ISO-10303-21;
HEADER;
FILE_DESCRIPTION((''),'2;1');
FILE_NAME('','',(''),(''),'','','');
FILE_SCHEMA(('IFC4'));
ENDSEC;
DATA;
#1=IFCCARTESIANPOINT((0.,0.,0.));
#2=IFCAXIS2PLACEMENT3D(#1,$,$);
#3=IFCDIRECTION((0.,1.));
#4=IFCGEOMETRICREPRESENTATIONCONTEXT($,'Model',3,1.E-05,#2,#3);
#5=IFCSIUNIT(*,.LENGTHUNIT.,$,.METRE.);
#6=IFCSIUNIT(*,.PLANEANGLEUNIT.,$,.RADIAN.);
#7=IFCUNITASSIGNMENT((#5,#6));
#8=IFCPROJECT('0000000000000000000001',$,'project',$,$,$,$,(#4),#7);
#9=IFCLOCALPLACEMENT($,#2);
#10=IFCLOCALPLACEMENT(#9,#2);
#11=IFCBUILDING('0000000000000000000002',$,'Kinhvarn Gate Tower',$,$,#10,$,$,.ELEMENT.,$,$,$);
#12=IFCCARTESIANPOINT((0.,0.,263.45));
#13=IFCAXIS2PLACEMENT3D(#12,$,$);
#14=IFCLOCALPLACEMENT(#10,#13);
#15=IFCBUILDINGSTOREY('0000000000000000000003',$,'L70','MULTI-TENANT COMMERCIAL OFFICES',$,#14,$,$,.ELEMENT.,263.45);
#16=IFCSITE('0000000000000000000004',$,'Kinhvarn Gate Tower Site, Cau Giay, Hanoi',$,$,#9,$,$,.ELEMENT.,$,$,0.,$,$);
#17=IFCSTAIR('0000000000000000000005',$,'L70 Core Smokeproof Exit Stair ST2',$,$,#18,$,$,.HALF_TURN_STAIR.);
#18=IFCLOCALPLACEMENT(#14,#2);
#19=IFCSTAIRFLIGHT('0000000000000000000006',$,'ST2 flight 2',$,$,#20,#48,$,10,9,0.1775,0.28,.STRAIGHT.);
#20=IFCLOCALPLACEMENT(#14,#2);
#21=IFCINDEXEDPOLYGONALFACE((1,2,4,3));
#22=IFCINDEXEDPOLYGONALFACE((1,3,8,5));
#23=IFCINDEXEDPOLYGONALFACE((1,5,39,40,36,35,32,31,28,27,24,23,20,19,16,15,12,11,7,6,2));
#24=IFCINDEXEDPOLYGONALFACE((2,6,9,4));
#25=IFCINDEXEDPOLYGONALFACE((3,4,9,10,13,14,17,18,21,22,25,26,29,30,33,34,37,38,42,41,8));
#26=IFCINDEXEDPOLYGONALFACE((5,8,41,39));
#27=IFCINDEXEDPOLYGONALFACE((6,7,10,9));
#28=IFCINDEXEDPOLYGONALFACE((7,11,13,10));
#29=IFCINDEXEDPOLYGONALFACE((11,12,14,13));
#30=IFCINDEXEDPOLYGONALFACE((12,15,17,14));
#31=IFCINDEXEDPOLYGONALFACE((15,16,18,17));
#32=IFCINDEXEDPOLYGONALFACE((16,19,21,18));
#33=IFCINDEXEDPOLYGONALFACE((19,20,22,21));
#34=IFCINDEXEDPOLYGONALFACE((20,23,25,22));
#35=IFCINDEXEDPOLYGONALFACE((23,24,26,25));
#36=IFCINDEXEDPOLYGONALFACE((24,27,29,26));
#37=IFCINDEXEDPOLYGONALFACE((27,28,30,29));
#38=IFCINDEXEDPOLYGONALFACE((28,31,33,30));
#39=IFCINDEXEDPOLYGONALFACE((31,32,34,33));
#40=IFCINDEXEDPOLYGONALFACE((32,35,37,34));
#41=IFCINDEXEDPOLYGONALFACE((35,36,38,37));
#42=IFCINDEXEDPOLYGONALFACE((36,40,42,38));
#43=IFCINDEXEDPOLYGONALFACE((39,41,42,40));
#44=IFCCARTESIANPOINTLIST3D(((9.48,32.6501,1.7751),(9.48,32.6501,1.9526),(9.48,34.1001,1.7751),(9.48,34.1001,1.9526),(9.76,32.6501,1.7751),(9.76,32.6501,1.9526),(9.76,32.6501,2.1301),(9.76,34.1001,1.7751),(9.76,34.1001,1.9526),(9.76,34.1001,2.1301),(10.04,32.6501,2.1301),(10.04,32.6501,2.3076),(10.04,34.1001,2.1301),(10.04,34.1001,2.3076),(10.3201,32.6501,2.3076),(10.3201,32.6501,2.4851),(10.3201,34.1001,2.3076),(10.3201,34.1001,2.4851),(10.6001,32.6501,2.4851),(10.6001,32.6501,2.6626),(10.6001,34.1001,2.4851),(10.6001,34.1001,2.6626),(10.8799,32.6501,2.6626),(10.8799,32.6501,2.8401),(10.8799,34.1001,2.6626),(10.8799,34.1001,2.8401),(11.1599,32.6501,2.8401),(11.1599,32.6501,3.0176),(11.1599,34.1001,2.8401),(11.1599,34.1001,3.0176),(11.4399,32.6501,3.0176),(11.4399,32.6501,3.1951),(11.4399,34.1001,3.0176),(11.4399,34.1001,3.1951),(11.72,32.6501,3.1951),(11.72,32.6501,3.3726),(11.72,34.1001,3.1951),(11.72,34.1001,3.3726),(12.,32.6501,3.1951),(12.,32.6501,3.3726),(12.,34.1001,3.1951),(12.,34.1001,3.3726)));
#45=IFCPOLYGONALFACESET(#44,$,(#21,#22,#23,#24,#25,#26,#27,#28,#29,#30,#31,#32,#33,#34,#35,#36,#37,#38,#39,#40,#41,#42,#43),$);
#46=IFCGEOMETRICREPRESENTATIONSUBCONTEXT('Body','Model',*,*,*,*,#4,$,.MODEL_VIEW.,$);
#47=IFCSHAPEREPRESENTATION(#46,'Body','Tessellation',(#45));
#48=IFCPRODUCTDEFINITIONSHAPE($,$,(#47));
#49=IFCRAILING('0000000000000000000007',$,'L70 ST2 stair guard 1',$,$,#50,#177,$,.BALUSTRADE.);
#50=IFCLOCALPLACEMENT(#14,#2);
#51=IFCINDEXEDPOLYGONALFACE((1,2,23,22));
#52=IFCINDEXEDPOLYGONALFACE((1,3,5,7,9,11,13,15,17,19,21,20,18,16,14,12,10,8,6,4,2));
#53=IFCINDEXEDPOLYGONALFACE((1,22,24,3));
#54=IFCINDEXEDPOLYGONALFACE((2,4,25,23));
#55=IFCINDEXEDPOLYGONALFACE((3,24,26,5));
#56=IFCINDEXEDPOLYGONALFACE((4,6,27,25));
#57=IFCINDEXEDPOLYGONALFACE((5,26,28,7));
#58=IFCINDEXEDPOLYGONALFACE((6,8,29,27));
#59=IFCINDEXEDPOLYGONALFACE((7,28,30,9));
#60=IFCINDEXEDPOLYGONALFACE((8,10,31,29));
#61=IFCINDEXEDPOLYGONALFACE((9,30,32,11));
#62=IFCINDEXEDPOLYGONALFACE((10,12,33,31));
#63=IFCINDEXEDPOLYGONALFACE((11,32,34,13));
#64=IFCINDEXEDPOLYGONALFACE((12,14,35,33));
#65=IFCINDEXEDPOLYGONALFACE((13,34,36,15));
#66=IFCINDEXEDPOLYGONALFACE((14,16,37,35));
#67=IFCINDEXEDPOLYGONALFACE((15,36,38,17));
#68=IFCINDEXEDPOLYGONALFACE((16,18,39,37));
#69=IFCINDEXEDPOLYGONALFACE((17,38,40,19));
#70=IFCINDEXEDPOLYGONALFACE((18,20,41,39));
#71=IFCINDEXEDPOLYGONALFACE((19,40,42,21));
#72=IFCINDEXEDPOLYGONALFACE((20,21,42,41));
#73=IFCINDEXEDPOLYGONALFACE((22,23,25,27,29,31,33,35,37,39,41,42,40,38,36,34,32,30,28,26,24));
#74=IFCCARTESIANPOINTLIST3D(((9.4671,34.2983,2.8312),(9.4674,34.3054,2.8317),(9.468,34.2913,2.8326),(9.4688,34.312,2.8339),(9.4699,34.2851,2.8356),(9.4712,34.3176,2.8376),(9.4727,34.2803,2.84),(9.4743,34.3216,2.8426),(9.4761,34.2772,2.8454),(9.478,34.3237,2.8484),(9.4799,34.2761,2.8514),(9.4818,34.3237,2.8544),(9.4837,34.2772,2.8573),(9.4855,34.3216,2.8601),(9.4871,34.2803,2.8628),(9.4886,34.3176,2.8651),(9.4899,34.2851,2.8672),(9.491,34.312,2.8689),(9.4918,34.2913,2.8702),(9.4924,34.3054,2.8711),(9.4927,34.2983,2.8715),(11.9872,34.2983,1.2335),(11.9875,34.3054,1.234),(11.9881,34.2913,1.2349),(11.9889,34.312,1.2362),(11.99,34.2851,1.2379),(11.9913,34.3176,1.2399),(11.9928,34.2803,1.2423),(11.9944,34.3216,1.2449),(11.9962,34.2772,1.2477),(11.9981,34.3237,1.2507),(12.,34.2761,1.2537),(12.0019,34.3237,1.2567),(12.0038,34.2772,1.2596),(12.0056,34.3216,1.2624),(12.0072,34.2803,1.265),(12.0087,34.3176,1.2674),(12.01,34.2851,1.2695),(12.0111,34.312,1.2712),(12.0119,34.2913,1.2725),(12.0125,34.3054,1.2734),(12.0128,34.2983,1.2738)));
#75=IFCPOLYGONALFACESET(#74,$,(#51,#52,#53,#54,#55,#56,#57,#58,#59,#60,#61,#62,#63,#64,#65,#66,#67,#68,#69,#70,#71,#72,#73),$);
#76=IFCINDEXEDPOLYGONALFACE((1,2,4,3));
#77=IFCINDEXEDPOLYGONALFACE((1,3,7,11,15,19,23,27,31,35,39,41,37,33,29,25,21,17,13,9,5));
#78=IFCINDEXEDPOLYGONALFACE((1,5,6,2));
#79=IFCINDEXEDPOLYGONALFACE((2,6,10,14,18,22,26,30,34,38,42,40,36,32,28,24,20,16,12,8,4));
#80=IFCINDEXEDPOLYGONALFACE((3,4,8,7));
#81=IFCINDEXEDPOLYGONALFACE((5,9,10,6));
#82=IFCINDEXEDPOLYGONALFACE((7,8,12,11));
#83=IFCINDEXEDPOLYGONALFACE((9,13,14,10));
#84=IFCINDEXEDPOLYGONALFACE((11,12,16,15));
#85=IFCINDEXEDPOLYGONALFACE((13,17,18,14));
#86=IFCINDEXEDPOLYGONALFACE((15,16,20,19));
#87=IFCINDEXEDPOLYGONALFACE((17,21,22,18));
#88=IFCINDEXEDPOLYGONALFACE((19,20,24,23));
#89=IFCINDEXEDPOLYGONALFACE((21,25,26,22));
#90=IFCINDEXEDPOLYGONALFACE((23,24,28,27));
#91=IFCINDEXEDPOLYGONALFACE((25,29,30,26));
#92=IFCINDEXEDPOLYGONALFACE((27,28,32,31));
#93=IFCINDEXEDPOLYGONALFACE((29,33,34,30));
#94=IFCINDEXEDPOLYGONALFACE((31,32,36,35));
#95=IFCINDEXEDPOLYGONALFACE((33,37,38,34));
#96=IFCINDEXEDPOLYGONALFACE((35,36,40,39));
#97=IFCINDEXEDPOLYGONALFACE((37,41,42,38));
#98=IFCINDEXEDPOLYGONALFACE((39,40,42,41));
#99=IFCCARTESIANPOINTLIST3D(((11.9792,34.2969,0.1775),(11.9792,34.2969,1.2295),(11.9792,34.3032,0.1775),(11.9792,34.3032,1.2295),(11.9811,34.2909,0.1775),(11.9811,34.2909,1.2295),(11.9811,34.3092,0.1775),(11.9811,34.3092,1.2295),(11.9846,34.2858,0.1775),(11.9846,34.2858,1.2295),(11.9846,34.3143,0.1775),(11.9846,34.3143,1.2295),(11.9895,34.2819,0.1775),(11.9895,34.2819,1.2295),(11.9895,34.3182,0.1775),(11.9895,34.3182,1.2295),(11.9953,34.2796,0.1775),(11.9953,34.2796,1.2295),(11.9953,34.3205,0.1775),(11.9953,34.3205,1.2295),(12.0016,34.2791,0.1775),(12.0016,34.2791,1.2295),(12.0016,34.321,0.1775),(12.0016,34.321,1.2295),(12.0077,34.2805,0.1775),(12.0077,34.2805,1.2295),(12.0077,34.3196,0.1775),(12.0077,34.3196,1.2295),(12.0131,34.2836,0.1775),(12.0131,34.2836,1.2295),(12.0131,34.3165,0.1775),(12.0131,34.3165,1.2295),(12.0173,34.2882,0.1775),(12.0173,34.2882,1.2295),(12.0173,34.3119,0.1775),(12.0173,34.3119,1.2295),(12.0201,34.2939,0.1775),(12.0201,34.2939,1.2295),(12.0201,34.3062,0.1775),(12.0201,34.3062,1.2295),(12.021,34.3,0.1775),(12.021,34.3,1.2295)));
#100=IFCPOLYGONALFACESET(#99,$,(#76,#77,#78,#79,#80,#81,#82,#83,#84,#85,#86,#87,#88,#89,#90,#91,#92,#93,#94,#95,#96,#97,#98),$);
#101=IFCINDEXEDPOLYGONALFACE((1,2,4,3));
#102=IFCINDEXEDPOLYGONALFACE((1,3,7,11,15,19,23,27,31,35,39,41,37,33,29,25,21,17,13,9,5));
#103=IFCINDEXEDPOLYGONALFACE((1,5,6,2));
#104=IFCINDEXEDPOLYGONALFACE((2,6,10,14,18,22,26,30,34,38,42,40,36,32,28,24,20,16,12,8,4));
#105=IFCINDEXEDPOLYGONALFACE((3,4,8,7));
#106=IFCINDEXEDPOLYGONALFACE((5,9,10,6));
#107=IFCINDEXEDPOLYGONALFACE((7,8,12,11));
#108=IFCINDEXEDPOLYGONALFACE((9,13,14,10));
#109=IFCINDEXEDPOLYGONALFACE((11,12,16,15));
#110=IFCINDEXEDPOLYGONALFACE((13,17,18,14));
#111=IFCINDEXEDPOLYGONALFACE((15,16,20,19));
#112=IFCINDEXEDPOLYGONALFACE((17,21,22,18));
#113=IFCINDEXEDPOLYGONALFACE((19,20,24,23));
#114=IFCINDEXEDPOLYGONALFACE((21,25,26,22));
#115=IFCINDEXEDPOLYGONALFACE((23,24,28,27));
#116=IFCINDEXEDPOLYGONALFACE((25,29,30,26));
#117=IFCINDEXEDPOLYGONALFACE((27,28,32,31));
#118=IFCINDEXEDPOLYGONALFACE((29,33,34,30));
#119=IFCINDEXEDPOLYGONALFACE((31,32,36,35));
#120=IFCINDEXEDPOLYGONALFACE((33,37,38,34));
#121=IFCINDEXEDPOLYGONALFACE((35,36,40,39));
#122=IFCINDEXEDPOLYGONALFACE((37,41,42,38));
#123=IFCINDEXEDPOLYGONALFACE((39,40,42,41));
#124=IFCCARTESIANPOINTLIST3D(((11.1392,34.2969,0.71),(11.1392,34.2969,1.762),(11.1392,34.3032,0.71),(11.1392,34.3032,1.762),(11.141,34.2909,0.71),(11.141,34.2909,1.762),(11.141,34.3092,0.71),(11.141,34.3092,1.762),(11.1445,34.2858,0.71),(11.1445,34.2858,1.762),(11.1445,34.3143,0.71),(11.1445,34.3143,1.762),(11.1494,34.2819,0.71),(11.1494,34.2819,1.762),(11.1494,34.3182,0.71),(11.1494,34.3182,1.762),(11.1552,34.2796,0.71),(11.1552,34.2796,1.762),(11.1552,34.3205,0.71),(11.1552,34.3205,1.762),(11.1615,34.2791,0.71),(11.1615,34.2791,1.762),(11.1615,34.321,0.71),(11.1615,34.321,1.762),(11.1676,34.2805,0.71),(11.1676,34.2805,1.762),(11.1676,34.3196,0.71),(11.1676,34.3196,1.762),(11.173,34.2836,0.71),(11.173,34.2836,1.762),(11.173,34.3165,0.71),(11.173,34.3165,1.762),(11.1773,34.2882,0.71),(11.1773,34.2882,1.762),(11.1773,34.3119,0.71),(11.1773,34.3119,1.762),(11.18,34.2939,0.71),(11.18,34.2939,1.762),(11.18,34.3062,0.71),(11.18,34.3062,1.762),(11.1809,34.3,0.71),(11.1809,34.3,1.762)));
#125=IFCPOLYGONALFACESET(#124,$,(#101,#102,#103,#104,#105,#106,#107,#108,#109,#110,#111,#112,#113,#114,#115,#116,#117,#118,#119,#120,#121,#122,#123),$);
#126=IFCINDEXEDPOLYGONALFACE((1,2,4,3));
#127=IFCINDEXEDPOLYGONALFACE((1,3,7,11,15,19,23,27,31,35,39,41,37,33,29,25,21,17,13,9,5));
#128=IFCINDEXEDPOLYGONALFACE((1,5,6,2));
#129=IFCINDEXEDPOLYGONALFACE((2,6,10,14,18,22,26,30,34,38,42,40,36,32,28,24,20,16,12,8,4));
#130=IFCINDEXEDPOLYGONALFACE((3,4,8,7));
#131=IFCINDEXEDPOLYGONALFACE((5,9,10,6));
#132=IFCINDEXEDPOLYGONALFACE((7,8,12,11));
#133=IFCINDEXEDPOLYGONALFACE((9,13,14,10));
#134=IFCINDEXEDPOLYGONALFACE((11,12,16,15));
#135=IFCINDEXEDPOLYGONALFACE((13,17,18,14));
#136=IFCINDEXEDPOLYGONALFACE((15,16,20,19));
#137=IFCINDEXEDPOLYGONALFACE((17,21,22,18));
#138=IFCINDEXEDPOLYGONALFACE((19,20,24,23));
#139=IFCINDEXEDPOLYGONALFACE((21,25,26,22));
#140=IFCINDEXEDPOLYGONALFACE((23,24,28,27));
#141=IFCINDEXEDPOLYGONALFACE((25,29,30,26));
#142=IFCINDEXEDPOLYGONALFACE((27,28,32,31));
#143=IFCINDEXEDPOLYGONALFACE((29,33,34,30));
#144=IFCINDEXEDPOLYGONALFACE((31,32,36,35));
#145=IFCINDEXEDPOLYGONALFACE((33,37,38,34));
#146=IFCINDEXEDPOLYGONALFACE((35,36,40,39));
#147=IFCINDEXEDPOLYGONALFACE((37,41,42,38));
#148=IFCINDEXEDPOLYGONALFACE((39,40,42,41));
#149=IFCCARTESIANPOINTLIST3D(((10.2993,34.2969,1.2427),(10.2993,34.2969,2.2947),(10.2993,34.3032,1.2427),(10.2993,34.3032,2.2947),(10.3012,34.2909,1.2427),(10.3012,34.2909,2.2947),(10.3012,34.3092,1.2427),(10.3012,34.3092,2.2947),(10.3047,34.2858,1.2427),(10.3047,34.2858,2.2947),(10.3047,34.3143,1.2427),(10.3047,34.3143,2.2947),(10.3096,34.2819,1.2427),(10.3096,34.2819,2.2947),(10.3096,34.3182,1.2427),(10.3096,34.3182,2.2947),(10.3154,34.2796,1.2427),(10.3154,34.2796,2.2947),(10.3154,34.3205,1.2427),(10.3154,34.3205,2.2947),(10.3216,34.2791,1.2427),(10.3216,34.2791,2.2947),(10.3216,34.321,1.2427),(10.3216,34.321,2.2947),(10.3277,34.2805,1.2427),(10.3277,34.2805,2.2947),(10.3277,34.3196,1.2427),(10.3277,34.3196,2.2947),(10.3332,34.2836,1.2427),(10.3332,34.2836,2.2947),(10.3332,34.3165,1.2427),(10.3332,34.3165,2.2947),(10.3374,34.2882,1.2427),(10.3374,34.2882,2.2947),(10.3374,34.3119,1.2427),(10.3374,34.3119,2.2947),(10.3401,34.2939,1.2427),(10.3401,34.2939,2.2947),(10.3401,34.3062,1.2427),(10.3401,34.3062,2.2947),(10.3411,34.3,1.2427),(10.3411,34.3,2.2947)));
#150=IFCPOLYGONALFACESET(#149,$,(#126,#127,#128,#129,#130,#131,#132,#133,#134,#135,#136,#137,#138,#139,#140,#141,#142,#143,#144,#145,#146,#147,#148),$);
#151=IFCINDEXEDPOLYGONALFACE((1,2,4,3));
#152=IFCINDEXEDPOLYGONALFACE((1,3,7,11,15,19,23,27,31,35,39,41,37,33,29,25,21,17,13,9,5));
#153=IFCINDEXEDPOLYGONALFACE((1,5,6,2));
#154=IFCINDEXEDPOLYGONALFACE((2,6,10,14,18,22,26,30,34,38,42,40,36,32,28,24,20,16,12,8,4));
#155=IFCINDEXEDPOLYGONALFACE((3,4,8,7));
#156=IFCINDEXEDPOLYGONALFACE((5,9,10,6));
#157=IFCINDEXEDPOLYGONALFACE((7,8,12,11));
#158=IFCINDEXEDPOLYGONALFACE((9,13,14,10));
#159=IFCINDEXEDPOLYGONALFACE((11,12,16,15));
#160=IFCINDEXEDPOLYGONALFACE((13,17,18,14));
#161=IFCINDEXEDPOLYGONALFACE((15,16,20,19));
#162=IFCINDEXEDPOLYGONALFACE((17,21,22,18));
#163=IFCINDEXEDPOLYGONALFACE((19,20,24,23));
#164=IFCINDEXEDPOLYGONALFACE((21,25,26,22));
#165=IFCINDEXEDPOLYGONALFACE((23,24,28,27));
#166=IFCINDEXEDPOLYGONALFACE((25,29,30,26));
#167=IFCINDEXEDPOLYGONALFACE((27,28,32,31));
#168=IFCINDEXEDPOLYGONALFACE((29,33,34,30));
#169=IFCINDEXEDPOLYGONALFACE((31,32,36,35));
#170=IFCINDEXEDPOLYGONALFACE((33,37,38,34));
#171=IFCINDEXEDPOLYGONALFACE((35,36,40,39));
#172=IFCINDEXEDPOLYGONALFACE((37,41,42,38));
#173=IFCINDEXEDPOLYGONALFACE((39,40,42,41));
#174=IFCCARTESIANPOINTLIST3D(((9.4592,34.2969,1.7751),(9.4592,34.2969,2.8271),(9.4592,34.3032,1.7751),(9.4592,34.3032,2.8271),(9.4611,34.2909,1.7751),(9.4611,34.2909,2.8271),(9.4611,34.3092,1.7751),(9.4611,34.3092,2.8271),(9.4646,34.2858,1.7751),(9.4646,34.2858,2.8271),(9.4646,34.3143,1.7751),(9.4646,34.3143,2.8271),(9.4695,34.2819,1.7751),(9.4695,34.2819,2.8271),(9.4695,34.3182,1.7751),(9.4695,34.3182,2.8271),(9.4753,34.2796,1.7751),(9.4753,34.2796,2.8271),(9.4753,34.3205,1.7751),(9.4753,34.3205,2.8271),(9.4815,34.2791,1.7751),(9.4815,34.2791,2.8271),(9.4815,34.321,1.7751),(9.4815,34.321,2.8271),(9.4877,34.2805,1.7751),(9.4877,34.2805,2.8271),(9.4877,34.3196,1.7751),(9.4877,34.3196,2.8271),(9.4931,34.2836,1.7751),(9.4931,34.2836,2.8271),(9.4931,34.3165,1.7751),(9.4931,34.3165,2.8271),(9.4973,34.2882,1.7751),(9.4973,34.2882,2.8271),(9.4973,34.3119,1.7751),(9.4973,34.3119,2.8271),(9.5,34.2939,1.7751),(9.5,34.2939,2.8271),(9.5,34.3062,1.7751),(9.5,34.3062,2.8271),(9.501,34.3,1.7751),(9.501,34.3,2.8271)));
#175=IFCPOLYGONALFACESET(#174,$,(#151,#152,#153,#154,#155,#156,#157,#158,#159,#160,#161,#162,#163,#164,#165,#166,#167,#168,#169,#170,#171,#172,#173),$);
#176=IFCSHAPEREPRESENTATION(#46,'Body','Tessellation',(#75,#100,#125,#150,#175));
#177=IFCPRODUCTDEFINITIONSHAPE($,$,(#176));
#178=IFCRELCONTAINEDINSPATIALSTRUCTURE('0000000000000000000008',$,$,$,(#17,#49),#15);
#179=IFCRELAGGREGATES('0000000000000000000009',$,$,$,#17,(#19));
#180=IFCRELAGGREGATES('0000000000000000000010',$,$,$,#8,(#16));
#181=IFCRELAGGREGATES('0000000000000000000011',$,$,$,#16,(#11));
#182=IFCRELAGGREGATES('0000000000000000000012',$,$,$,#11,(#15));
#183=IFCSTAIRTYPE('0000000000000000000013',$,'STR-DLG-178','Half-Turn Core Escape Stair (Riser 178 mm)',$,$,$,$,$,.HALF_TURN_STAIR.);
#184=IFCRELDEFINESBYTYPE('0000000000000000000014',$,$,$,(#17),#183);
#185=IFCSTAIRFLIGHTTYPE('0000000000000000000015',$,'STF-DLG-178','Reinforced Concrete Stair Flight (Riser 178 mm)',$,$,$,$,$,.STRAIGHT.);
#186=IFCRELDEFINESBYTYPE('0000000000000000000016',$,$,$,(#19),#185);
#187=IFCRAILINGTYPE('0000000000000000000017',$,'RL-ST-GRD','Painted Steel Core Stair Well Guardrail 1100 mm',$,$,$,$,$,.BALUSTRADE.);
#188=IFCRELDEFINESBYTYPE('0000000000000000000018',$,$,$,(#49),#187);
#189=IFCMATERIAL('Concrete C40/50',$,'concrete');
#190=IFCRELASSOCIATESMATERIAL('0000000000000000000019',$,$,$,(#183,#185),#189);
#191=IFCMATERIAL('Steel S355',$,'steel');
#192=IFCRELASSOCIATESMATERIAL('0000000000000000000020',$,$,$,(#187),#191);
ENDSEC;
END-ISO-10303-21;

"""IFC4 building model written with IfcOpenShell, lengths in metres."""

from ifc_helpers import new_model, si_unit, direction, frame, origin, origin_2d, place, context, subcontext, project, spatial, polyline, circle, outline, extrude, material, type_object, element, aggregate, save


model = new_model("IFC4")

# Units and contexts
model_context = context("Model", 3, precision=1e-05, world=origin(), true_north=direction((0.0, 1.0)))
body_context = subcontext(model_context, "Body", "Model", "MODEL_VIEW")
ifc_project = project(units=[si_unit("LENGTHUNIT", "METRE"), si_unit("PLANEANGLEUNIT", "RADIAN")], contexts=[model_context])

# Site, building, storey
site_placement = place(None, origin())
site = spatial("IfcSite", under=ifc_project, at=site_placement, Name="Kinhvarn Gate Tower Site, Cau Giay, Hanoi", CompositionType="ELEMENT", RefElevation=0.0)
building_placement = place(site_placement, origin())
building = spatial("IfcBuilding", under=site, at=building_placement, Name="Kinhvarn Gate Tower", CompositionType="ELEMENT")
storey_placement = place(building_placement, frame((0.0, 0.0, 263.45)))
storey = spatial("IfcBuildingStorey", under=building, at=storey_placement, Name="L70", Description="MULTI-TENANT COMMERCIAL OFFICES", CompositionType="ELEMENT", Elevation=263.45)

# Shared definitions
ifc_material_1 = material(Name="Concrete C40/50", Category="concrete")

# Stair, stair flight
stair_type = type_object("IfcStairType", Name="STR-DLG-178", Description="Half-Turn Core Escape Stair (Riser 178 mm)", PredefinedType="HALF_TURN_STAIR", material=ifc_material_1)
stair_placement = place(storey_placement, origin())
stair = element("IfcStair", 1, at=stair_placement, inside=storey, type_object=stair_type, Name="L70 Core Smokeproof Exit Stair ST2", PredefinedType="HALF_TURN_STAIR")
stair_flight_type = type_object("IfcStairFlightType", Name="STF-DLG-178", Description="Reinforced Concrete Stair Flight (Riser 178 mm)", PredefinedType="STRAIGHT", material=ifc_material_1)
stair_flight_1_placement = place(storey_placement, frame((9.48, 33.375, 1.7751), z_axis=(0.0, 0.0, 1.0), x_axis=(1.0, 0.0, 0.0)))
stair_flight_1 = element("IfcStairFlight", 2, at=stair_flight_1_placement, type_object=stair_flight_type, Name="ST2 flight 2", NumberOfRisers=10, NumberOfTreads=9, PredefinedType="STRAIGHT", RiserHeight=0.1775, TreadLength=0.28, context=body_context, shape_type="SweptSolid", body=[
    extrude(outline(polyline([(0.0, 0.0), (0.0, 0.1775), (0.28, 0.1775), (0.28, 0.355), (0.5601, 0.355), (0.5601, 0.5325), (0.8401, 0.5325), (0.8401, 0.71), (1.1201, 0.71), (1.1201, 0.8875), (1.3999, 0.8875), (1.3999, 1.0649), (1.6799, 1.0649), (1.6799, 1.2424), (1.96, 1.2424), (1.96, 1.4199), (2.24, 1.4199), (2.24, 1.5974), (2.52, 1.5974), (2.52, 1.7749), (2.52, 1.4199), (0.28, 0.0), (0.0, 0.0)])), frame((0.0, 0.7251, 0.0), z_axis=(0.0, -1.0, 0.0), x_axis=(1.0, 0.0, 0.0)), (0.0, 0.0, 1.0), 1.45),
])
aggregate(stair, [stair_flight_1])

# Railing
ifc_material_2 = material(Name="Steel S355", Category="steel")
railing_type_1 = type_object("IfcRailingType", Name="RL-ST-GRD", Description="Painted Steel Core Stair Well Guardrail 1100 mm", PredefinedType="BALUSTRADE", material=ifc_material_2)
railing_1_placement = place(storey_placement, frame((12.0, 34.3, 0.1775)))
element("IfcRailing", 3, at=railing_1_placement, inside=storey, type_object=railing_type_1, Name="L70 ST2 stair guard 1", PredefinedType="BALUSTRADE", context=body_context, shape_type="SweptSolid", body=[
    extrude(circle(Radius=0.0239, at=origin_2d()), frame((0.0, 0.0, 1.0762), z_axis=(-0.84457, 0.0, 0.535445), x_axis=(0.0, -1.0, 0.0)), (0.0, 0.0, 1.0), 2.9839),
    extrude(circle(Radius=0.021, at=origin_2d()), origin(), (0.0, 0.0, 1.0), 1.052),
    extrude(circle(Radius=0.021, at=origin_2d()), frame((-0.8401, 0.0, 0.5325)), (0.0, 0.0, 1.0), 1.052),
    extrude(circle(Radius=0.021, at=origin_2d()), frame((-1.6799, 0.0, 1.0652)), (0.0, 0.0, 1.0), 1.052),
    extrude(circle(Radius=0.021, at=origin_2d()), frame((-2.52, 0.0, 1.5977)), (0.0, 0.0, 1.0), 1.052),
])

save(model, "model.ifc")
